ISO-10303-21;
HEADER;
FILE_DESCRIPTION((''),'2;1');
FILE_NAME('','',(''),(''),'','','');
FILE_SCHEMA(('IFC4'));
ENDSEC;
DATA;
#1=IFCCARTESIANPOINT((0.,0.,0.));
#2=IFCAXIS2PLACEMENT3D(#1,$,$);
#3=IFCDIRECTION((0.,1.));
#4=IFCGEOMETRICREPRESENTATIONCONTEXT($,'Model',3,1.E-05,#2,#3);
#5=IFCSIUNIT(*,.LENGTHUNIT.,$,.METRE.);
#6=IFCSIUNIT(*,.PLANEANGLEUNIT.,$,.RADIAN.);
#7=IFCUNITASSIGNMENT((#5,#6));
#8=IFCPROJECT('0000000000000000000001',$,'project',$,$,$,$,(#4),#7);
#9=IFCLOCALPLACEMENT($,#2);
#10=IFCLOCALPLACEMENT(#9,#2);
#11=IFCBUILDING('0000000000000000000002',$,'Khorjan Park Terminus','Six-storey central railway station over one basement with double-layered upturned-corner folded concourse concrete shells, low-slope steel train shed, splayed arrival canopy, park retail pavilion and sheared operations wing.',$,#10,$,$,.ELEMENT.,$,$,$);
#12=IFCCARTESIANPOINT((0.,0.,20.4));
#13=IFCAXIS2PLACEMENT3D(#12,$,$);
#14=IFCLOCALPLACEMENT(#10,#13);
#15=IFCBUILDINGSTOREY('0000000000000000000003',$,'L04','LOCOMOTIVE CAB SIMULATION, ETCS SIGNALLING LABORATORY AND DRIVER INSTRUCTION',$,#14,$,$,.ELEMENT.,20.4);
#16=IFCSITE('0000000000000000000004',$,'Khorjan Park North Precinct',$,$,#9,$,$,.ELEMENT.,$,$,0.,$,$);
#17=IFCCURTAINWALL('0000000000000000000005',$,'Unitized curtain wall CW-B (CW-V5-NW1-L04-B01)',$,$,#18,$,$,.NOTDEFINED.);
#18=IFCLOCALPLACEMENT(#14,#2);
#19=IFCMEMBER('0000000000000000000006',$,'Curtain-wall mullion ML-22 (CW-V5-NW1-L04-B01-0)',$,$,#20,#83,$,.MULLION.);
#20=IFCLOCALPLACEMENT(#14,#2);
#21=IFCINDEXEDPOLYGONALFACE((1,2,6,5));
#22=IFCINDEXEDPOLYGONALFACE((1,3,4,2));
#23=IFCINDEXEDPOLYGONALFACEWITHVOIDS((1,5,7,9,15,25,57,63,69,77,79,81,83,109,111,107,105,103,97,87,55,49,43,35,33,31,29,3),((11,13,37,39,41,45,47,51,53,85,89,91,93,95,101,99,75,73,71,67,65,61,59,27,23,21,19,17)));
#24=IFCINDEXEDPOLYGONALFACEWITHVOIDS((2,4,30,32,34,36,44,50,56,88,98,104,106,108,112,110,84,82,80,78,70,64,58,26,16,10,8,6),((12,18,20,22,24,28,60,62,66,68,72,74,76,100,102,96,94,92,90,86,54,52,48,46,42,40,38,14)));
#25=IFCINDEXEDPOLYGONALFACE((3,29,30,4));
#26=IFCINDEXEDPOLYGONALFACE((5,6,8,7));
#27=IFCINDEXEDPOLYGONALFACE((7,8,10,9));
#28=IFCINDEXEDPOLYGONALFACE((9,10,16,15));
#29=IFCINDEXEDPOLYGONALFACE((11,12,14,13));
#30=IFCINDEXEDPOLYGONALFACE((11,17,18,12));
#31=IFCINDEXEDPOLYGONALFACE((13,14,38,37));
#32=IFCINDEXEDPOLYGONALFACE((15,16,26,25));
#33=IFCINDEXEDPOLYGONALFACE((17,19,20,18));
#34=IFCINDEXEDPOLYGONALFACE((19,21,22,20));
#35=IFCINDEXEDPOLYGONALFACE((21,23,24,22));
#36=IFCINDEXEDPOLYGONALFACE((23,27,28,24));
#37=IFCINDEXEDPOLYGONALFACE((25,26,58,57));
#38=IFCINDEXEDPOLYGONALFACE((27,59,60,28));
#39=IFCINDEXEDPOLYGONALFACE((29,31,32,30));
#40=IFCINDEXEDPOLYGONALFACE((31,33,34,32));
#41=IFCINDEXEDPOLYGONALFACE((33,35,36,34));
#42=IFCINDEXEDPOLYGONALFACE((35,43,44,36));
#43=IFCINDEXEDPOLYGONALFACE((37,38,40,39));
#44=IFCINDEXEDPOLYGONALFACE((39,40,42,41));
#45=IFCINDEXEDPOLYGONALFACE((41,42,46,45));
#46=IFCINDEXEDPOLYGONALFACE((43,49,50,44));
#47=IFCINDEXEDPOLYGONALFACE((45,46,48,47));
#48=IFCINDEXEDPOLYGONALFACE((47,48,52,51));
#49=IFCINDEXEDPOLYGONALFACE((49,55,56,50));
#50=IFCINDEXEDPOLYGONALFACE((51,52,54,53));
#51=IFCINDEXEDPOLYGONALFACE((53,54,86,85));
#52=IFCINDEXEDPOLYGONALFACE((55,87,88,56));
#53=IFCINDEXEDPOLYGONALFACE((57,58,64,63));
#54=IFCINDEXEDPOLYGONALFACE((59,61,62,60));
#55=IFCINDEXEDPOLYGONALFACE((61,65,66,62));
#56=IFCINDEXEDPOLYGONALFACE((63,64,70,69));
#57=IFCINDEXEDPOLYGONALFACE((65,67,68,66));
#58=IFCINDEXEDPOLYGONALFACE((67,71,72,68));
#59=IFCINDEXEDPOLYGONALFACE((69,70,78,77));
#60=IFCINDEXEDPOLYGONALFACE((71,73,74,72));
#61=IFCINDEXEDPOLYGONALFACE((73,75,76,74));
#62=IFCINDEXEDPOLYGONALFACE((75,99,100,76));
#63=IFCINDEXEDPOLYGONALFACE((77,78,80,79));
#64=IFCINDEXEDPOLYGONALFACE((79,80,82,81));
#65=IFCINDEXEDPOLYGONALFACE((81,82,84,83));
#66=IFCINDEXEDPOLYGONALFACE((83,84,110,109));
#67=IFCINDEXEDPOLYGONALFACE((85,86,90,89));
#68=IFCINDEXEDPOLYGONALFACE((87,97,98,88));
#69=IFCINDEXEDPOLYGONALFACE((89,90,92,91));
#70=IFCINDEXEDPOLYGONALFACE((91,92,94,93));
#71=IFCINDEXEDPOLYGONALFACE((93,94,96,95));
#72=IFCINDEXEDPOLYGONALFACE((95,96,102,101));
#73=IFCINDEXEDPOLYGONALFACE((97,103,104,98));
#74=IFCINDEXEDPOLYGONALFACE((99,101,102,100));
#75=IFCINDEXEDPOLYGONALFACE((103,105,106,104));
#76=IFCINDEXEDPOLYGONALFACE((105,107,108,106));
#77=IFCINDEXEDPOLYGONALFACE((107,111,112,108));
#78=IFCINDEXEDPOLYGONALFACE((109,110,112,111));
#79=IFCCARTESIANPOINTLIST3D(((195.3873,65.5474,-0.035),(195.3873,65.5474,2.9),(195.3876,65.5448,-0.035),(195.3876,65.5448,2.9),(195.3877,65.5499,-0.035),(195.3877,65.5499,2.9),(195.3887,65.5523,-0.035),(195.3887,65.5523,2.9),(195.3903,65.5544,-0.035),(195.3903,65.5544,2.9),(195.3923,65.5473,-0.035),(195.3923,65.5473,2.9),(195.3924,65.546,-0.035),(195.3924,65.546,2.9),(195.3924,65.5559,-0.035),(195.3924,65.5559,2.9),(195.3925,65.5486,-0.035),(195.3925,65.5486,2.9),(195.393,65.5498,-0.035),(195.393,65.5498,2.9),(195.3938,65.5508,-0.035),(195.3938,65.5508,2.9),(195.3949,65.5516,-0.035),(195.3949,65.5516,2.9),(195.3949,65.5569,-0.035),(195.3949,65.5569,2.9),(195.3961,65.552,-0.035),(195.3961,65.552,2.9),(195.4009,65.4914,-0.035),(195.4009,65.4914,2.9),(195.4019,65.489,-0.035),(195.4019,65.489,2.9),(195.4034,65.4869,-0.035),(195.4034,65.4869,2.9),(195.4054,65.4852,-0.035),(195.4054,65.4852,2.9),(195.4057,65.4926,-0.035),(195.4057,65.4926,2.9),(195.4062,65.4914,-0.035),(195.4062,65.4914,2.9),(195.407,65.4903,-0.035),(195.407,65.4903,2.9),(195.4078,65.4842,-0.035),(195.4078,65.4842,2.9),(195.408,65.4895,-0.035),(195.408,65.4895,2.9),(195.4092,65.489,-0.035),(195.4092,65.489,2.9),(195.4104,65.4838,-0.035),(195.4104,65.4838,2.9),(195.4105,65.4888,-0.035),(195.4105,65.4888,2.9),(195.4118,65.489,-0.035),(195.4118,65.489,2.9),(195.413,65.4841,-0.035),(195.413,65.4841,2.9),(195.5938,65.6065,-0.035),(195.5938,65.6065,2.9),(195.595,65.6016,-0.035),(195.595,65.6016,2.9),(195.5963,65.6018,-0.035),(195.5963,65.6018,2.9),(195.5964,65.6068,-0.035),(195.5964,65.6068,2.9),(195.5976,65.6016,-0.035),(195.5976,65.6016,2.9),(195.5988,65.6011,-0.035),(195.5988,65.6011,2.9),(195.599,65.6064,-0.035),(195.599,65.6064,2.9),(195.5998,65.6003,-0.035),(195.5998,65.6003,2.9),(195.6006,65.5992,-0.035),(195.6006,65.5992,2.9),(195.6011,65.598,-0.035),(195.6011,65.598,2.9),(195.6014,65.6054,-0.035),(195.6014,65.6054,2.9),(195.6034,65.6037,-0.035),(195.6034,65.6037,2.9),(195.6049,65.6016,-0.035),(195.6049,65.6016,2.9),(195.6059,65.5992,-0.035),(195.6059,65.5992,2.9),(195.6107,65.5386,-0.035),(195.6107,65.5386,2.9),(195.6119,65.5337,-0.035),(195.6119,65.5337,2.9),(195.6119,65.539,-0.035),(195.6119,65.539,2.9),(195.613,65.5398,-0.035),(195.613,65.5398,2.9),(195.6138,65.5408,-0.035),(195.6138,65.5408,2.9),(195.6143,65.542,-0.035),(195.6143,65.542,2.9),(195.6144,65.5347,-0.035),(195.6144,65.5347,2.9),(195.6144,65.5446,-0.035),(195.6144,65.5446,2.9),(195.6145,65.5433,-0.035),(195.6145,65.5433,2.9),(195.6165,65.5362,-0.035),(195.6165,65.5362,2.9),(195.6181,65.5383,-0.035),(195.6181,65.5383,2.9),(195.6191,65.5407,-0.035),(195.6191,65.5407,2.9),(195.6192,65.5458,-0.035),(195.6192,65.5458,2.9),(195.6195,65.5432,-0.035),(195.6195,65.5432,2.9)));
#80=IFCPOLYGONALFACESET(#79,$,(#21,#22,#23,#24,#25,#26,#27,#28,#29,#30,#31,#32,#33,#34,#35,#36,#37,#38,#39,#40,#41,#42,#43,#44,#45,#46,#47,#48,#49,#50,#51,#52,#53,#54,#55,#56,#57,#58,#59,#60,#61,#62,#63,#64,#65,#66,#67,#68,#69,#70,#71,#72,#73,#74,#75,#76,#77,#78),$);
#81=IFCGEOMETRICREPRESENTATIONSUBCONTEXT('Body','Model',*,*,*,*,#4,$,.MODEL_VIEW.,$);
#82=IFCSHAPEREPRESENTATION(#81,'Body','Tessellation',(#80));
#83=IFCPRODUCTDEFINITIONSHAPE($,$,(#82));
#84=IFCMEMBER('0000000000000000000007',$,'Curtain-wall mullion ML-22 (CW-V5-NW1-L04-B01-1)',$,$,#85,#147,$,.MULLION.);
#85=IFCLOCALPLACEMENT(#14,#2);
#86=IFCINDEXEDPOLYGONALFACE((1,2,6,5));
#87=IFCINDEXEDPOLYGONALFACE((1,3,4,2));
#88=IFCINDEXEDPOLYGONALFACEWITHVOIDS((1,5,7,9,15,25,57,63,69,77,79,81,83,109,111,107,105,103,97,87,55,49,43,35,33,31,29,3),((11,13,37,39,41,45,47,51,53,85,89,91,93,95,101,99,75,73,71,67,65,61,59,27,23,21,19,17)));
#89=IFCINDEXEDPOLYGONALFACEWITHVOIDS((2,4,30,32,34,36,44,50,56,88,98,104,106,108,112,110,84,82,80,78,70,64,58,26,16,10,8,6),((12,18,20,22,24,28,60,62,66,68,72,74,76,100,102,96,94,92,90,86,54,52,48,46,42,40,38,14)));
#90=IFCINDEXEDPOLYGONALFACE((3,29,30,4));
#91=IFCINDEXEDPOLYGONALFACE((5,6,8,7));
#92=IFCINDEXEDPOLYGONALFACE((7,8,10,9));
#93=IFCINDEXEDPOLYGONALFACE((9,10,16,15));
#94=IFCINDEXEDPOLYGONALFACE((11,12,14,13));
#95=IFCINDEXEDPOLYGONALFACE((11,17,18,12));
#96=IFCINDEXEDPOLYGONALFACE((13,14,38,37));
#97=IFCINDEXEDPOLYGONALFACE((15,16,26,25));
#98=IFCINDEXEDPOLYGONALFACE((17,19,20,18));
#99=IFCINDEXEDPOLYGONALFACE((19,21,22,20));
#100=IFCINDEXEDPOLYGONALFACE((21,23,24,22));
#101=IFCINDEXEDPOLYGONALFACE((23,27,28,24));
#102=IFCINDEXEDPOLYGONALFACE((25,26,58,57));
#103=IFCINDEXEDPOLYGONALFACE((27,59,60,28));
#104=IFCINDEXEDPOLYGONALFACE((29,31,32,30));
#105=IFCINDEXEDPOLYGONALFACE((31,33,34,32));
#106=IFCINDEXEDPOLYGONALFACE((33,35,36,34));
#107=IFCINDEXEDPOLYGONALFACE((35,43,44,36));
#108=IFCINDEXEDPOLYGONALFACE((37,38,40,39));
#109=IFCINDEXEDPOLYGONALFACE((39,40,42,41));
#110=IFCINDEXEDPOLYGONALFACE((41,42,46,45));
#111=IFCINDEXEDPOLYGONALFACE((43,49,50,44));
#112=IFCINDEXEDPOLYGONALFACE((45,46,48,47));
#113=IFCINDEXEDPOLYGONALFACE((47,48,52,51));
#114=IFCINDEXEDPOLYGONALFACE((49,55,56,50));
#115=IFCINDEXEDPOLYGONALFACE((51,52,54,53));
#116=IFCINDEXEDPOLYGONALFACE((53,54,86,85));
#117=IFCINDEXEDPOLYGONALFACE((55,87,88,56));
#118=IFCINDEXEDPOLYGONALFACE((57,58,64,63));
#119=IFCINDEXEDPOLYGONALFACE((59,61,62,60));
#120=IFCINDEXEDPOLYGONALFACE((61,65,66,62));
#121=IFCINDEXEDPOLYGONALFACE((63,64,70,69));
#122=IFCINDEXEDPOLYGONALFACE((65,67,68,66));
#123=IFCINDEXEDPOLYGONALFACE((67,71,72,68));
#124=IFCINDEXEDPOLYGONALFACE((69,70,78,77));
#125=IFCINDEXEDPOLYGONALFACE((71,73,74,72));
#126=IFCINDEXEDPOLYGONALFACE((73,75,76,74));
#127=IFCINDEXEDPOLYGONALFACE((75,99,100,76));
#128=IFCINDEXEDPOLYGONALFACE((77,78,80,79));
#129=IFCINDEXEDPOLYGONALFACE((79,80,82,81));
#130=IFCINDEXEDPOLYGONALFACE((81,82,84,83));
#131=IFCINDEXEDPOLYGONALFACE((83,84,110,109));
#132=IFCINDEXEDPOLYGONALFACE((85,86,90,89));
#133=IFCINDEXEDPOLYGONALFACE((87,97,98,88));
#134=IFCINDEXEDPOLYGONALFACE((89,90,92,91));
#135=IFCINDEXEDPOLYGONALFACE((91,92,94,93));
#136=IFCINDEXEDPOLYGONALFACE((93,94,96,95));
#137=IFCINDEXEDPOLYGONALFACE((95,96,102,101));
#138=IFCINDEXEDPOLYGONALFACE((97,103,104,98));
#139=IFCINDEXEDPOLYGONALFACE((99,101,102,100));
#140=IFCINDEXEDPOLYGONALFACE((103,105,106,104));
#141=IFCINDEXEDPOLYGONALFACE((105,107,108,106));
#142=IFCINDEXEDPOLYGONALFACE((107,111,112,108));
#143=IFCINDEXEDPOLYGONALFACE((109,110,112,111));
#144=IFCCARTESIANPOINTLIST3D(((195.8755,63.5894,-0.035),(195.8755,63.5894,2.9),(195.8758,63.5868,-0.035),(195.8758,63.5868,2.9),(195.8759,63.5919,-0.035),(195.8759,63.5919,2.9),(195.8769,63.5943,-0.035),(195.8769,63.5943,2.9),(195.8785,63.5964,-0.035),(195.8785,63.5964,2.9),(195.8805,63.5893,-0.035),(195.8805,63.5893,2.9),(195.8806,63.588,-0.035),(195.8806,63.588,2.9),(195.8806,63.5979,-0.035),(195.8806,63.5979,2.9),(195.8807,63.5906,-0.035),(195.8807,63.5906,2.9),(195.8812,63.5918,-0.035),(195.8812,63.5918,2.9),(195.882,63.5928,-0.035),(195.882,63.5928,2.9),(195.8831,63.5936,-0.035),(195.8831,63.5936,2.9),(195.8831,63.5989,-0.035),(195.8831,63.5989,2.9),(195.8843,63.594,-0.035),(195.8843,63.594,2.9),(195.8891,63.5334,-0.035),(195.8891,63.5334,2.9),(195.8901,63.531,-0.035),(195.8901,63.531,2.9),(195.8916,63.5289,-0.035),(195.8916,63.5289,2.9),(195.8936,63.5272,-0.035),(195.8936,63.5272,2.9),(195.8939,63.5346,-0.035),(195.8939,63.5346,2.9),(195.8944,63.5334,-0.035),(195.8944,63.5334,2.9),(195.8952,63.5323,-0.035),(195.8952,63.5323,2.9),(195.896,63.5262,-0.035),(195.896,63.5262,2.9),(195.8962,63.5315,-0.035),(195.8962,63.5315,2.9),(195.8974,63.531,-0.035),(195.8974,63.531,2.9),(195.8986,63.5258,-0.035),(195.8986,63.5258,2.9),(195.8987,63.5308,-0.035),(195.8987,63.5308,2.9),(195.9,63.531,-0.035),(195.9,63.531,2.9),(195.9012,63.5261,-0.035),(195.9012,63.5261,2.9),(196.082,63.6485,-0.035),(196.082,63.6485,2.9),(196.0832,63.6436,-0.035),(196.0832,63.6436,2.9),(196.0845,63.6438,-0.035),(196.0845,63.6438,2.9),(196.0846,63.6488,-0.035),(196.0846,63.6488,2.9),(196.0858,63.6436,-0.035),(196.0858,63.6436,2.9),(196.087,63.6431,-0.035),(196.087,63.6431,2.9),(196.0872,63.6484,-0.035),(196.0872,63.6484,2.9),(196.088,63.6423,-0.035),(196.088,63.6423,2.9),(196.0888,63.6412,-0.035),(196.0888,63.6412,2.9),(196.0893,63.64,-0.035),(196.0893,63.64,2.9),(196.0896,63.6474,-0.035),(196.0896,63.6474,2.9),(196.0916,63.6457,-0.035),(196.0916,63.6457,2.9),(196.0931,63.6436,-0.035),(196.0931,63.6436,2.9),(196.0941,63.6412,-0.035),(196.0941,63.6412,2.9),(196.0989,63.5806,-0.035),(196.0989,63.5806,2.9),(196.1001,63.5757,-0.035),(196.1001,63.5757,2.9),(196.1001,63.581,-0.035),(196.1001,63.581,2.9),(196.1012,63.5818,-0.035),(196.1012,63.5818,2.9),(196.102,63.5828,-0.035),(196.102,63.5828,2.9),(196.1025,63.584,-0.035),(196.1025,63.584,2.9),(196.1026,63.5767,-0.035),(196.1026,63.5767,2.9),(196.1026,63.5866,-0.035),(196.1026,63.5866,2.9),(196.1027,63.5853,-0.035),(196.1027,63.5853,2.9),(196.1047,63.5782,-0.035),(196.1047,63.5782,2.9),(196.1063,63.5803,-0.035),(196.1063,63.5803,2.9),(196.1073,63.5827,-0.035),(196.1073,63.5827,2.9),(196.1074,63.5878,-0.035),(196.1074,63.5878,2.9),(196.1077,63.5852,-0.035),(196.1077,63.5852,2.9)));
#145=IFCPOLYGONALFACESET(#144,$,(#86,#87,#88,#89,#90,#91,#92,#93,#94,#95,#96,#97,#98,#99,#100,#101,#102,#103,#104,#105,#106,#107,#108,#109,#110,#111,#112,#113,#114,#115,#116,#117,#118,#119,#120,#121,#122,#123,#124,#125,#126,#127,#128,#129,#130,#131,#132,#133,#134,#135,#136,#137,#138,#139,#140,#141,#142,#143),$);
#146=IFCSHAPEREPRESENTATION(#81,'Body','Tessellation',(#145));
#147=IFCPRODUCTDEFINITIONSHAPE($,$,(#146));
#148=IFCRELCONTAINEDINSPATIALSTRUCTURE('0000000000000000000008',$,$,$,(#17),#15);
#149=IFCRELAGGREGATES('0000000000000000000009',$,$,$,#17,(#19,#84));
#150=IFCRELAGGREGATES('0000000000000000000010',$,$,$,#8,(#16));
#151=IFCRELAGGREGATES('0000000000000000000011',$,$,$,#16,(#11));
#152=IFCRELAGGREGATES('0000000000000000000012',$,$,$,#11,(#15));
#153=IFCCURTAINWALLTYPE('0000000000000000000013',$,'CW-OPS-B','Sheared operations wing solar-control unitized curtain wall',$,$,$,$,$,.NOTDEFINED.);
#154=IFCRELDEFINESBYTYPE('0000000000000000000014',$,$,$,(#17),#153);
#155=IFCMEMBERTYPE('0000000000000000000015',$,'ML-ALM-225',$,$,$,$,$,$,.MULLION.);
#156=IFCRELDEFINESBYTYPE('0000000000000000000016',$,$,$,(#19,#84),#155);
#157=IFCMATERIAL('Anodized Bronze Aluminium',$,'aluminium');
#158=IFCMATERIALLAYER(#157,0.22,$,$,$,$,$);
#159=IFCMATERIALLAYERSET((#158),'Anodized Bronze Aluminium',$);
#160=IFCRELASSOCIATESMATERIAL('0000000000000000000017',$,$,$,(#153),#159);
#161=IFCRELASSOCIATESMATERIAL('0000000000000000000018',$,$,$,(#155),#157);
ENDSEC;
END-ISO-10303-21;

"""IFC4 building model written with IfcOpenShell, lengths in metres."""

from ifc_helpers import new_model, si_unit, direction, frame, origin, origin_2d, place, context, subcontext, project, spatial, hollow_rectangle, extrude, material, layer, layer_set, material_profile, profile_set, type_object, element, aggregate, save


model = new_model("IFC4")

# Units and contexts
model_context = context("Model", 3, precision=1e-05, world=origin(), true_north=direction((0.0, 1.0)))
body_context = subcontext(model_context, "Body", "Model", "MODEL_VIEW")
ifc_project = project(units=[si_unit("LENGTHUNIT", "METRE"), si_unit("PLANEANGLEUNIT", "RADIAN")], contexts=[model_context])

# Site, building, storey
site_placement = place(None, origin())
site = spatial("IfcSite", under=ifc_project, at=site_placement, Name="Khorjan Park North Precinct", CompositionType="ELEMENT", RefElevation=0.0)
building_placement = place(site_placement, origin())
building = spatial("IfcBuilding", under=site, at=building_placement, Name="Khorjan Park Terminus", Description="Six-storey central railway station over one basement with double-layered upturned-corner folded concourse concrete shells, low-slope steel train shed, splayed arrival canopy, park retail pavilion and sheared operations wing.", CompositionType="ELEMENT")
storey_placement = place(building_placement, frame((0.0, 0.0, 20.4)))
storey = spatial("IfcBuildingStorey", under=building, at=storey_placement, Name="L04", Description="LOCOMOTIVE CAB SIMULATION, ETCS SIGNALLING LABORATORY AND DRIVER INSTRUCTION", CompositionType="ELEMENT", Elevation=20.4)

# Curtain wall, members
ifc_material_1 = material(Name="Anodized Bronze Aluminium", Category="aluminium")
ifc_layer_1 = layer(ifc_material_1, 0.22)
ifc_layer_set_1 = layer_set([ifc_layer_1], Name="Anodized Bronze Aluminium")
curtain_wall_type = type_object("IfcCurtainWallType", Name="CW-OPS-B", Description="Sheared operations wing solar-control unitized curtain wall", PredefinedType="NOTDEFINED", material=ifc_layer_set_1)
curtain_wall_placement = place(storey_placement, origin())
curtain_wall = element("IfcCurtainWall", 1, at=curtain_wall_placement, inside=storey, type_object=curtain_wall_type, Name="Unitized curtain wall CW-B (CW-V5-NW1-L04-B01)", PredefinedType="NOTDEFINED")
ifc_material_profile_1 = material_profile(ifc_material_1, hollow_rectangle(XDim=0.075, YDim=0.225, WallThickness=0.005, InnerFilletRadius=0.005, OuterFilletRadius=0.01, at=origin_2d()), Name="ALM 75x225x5")
ifc_profile_set_1 = profile_set([ifc_material_profile_1], Name="Anodized Bronze Aluminium")
member_type_1 = type_object("IfcMemberType", Name="ML-ALM-225", PredefinedType="MULLION", material=ifc_profile_set_1)
member_1_placement = place(storey_placement, frame((195.5034, 65.5453, -0.035), z_axis=(0.0, 0.0, 1.0), x_axis=(0.24192, -0.970296, 0.0)))
member_1 = element("IfcMember", 2, at=member_1_placement, type_object=member_type_1, Name="Curtain-wall mullion ML-22 (CW-V5-NW1-L04-B01-0)", PredefinedType="MULLION", context=body_context, shape_type="SweptSolid", body=[
    extrude(hollow_rectangle(XDim=0.075, YDim=0.225, WallThickness=0.005, InnerFilletRadius=0.005, OuterFilletRadius=0.01, at=origin_2d()), origin(), (0.0, 0.0, 1.0), 2.935),
])
member_2_placement = place(storey_placement, frame((195.9916, 63.5873, -0.035), z_axis=(0.0, 0.0, 1.0), x_axis=(0.24192, -0.970296, 0.0)))
member_2 = element("IfcMember", 3, at=member_2_placement, type_object=member_type_1, Name="Curtain-wall mullion ML-22 (CW-V5-NW1-L04-B01-1)", PredefinedType="MULLION", context=body_context, shape_type="SweptSolid", body=[
    extrude(hollow_rectangle(XDim=0.075, YDim=0.225, WallThickness=0.005, InnerFilletRadius=0.005, OuterFilletRadius=0.01, at=origin_2d()), origin(), (0.0, 0.0, 1.0), 2.935),
])
aggregate(curtain_wall, [member_1, member_2])

save(model, "model.ifc")
